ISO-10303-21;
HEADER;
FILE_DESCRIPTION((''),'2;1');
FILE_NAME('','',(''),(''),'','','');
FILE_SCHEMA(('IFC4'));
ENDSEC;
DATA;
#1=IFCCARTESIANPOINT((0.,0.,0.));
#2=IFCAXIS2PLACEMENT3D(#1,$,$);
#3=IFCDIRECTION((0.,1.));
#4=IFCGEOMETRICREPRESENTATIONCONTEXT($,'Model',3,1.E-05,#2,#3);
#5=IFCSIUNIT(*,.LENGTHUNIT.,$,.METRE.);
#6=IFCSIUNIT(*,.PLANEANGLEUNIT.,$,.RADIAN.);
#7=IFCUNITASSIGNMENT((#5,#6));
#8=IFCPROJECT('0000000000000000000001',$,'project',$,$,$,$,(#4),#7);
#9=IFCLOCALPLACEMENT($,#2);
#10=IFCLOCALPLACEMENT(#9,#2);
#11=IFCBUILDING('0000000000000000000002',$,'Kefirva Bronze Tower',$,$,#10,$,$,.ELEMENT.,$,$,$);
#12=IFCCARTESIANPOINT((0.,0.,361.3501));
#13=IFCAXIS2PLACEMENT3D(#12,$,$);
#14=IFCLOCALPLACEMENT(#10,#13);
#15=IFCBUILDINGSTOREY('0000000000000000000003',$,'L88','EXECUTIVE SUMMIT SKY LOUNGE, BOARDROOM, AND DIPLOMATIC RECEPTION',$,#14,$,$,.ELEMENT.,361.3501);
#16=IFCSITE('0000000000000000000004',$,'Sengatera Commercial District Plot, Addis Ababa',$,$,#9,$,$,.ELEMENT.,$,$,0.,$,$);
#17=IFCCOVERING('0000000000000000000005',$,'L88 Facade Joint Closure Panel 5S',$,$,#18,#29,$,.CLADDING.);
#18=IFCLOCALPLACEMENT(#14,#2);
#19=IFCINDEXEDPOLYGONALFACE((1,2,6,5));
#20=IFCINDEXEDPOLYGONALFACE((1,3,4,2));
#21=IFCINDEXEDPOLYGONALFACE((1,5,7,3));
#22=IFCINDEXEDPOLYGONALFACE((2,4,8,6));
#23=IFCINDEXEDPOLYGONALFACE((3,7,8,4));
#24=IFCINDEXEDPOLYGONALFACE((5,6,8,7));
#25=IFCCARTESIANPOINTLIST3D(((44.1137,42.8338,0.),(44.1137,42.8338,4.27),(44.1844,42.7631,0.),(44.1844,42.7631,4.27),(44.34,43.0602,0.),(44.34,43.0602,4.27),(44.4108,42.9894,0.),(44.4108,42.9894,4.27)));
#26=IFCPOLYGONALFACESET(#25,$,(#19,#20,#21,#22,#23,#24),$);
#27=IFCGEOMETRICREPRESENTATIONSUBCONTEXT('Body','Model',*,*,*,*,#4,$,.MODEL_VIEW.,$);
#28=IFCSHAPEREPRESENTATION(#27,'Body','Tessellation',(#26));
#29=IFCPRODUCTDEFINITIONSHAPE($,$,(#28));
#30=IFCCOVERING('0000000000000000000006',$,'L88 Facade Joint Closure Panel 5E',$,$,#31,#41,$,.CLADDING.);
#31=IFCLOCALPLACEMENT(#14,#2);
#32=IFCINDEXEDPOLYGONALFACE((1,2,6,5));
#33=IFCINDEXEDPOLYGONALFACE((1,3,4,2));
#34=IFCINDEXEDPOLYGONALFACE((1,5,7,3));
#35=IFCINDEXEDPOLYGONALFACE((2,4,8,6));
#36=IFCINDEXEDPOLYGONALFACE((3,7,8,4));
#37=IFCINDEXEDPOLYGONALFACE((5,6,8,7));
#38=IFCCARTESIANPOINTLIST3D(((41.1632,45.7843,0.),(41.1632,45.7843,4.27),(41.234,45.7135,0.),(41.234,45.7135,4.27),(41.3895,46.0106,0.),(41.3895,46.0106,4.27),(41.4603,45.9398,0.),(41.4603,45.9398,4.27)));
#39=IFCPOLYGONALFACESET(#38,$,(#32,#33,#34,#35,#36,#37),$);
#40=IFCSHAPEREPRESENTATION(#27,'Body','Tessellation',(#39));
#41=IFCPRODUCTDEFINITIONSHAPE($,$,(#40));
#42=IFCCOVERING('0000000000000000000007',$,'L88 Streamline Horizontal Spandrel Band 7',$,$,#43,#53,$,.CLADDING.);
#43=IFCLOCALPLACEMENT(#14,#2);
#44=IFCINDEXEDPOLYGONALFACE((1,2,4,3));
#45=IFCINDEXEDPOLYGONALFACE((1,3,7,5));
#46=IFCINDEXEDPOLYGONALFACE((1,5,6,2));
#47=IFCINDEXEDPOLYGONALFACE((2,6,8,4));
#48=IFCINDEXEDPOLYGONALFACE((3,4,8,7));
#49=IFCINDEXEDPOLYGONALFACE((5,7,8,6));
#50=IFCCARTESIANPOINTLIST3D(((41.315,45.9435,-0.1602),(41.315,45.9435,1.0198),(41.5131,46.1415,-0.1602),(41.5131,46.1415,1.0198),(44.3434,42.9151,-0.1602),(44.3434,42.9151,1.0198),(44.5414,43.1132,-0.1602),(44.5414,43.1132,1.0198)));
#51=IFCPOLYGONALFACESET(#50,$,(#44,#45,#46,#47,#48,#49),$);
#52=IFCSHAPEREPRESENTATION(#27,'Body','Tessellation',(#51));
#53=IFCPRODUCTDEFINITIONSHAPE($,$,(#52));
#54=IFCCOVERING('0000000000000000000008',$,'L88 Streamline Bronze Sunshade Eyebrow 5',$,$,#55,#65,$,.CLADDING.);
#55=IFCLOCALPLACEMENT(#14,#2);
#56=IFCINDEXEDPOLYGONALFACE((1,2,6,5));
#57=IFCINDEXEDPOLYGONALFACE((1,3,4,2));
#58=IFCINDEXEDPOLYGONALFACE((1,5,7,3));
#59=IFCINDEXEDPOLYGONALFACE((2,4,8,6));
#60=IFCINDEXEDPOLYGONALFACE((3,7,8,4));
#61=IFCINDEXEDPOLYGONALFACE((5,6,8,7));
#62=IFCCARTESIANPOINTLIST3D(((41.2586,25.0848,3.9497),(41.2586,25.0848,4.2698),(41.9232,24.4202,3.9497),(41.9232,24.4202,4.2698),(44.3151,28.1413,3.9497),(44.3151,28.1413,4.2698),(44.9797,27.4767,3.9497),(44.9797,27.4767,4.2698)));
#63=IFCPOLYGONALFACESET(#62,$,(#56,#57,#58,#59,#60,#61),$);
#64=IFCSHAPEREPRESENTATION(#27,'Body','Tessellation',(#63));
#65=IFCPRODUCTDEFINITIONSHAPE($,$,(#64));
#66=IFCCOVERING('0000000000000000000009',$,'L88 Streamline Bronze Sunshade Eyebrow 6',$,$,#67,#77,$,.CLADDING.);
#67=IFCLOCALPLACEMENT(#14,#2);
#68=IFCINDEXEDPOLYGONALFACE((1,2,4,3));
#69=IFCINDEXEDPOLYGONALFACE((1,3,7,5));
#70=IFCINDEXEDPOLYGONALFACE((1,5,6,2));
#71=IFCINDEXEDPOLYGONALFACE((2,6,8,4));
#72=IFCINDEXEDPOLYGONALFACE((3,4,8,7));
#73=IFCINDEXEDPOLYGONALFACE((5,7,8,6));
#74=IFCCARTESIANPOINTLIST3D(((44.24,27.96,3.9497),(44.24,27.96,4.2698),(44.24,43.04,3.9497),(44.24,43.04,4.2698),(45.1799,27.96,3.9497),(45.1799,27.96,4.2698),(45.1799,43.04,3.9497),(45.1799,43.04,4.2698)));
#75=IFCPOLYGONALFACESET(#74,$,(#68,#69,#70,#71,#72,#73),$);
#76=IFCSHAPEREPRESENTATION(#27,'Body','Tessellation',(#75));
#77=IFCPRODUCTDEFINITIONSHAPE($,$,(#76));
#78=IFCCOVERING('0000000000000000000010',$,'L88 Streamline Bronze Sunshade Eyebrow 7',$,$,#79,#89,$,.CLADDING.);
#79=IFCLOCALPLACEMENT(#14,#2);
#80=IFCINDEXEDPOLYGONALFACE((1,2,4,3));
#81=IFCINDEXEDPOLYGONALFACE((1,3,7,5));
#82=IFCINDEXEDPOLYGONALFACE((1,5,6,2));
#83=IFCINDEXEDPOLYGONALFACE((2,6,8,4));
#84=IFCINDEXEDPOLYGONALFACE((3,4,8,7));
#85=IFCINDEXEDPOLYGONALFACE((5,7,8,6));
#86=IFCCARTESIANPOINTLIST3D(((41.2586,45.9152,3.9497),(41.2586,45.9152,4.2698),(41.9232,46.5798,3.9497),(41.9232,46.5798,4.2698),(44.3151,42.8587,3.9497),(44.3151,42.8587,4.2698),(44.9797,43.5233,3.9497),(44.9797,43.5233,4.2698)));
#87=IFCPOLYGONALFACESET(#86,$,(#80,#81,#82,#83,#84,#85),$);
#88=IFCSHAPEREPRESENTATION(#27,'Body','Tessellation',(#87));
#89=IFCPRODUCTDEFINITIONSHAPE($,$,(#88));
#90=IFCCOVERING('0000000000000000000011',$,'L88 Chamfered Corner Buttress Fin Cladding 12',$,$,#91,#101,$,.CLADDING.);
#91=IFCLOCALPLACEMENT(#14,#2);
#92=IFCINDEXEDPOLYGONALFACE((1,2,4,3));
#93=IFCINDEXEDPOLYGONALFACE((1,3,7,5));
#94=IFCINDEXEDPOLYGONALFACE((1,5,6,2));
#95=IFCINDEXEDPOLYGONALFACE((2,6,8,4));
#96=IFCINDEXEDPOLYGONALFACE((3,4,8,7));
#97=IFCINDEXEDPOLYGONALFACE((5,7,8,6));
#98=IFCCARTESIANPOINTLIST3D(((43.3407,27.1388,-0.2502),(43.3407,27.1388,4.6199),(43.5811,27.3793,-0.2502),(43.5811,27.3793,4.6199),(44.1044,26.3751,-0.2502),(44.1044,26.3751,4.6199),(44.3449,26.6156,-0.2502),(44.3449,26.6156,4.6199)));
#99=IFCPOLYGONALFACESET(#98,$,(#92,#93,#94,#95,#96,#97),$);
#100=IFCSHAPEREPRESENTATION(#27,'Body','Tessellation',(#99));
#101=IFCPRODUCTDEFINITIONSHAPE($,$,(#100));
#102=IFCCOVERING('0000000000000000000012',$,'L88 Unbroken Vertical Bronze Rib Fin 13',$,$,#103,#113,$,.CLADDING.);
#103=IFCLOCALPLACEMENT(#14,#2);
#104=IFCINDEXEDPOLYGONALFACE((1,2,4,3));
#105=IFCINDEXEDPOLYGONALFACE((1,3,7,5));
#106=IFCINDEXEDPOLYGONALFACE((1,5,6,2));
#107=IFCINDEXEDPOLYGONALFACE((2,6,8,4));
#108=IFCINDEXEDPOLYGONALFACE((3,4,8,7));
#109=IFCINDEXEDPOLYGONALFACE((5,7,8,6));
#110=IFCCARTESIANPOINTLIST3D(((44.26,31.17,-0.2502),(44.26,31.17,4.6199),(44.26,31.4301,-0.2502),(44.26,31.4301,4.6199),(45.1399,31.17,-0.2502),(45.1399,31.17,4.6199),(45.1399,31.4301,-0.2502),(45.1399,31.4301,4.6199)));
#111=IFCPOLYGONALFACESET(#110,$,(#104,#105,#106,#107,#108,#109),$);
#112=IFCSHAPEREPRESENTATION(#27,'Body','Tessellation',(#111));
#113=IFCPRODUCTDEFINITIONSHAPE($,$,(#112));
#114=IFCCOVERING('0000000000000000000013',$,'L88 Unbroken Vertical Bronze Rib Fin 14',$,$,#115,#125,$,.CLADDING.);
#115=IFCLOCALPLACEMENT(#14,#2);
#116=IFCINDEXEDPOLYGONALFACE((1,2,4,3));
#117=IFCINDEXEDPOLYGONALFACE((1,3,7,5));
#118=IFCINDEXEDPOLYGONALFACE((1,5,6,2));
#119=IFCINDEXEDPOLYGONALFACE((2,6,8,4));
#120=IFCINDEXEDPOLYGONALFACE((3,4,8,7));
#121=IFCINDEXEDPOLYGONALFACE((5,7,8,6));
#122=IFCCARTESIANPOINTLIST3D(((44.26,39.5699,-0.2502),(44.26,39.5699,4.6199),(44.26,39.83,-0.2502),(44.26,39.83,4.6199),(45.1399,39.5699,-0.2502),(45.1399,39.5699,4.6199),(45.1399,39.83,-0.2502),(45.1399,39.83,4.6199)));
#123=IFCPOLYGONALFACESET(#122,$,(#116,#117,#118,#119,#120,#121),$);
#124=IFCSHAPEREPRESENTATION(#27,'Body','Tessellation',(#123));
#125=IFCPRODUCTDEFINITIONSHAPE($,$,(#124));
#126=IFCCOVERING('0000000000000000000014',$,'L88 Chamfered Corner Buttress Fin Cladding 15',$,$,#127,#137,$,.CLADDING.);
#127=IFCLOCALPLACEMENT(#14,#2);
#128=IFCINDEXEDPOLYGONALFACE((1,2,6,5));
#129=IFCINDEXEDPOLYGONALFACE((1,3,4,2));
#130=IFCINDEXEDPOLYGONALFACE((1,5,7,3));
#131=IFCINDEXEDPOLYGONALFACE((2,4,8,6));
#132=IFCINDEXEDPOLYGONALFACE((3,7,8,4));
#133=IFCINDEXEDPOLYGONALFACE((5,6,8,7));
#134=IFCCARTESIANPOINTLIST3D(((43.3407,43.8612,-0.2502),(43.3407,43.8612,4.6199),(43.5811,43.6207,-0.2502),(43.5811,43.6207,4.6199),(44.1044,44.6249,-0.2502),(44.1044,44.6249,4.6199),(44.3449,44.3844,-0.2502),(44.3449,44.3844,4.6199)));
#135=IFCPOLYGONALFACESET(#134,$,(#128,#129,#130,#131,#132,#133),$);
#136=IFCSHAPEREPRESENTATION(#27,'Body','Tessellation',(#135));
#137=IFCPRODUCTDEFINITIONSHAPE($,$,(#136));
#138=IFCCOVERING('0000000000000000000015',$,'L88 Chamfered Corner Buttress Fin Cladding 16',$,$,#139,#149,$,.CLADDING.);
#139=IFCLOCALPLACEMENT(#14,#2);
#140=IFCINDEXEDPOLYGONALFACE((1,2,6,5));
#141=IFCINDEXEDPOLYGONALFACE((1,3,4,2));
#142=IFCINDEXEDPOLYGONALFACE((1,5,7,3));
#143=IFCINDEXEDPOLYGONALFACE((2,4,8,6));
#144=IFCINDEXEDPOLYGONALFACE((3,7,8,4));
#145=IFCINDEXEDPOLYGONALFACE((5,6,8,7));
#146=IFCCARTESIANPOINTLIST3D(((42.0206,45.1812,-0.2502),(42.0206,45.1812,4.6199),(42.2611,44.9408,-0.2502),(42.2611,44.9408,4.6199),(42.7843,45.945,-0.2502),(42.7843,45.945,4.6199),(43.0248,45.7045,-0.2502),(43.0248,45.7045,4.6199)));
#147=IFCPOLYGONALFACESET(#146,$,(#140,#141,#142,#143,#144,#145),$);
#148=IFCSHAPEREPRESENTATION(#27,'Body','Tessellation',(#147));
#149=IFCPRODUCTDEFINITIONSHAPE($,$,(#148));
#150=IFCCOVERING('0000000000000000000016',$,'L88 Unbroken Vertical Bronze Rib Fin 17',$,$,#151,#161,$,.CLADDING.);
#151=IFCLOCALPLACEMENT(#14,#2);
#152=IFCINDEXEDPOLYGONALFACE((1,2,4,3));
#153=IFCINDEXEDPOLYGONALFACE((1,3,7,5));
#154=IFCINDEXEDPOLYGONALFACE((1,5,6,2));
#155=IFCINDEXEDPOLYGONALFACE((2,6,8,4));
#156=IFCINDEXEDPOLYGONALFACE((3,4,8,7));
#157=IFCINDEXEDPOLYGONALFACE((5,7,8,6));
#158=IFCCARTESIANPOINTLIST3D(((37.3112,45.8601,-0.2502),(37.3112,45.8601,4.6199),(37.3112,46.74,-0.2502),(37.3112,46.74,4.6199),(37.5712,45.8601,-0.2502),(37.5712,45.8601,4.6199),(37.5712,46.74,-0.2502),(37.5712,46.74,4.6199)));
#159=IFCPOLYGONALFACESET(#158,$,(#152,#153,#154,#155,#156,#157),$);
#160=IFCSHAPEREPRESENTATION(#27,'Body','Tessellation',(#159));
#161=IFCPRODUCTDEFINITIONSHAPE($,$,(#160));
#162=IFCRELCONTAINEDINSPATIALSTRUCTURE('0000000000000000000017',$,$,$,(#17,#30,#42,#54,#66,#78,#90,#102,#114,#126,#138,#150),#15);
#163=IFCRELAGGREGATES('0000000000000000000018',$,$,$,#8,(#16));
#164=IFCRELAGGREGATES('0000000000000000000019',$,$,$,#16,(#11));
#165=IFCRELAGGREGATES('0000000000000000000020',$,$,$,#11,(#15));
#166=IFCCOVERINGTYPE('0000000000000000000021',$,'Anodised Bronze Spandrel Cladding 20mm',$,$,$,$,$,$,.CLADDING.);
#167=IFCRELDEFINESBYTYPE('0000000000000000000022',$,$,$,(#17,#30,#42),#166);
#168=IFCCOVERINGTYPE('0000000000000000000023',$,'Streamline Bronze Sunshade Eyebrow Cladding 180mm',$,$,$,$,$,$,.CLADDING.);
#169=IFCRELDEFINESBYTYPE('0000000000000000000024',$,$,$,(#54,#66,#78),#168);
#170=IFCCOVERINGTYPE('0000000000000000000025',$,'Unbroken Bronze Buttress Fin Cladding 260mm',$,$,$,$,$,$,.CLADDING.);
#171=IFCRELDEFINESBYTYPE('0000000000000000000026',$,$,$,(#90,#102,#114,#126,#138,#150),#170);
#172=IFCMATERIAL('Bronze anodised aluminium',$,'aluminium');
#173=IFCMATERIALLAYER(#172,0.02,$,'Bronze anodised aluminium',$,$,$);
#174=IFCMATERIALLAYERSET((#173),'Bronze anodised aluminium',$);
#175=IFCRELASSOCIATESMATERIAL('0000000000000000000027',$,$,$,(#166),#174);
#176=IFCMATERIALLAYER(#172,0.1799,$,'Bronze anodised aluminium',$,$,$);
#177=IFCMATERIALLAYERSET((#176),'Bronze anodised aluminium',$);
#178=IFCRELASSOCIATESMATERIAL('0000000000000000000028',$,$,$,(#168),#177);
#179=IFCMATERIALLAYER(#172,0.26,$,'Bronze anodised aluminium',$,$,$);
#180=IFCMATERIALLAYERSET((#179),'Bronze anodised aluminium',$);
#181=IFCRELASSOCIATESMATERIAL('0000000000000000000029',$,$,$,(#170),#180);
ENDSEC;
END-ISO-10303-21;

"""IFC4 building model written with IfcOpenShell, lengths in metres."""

from ifc_helpers import new_model, si_unit, direction, frame, origin, origin_2d, place, context, subcontext, project, spatial, rectangle, extrude, material, layer, layer_set, type_object, element, save


model = new_model("IFC4")

# Units and contexts
model_context = context("Model", 3, precision=1e-05, world=origin(), true_north=direction((0.0, 1.0)))
body_context = subcontext(model_context, "Body", "Model", "MODEL_VIEW")
ifc_project = project(units=[si_unit("LENGTHUNIT", "METRE"), si_unit("PLANEANGLEUNIT", "RADIAN")], contexts=[model_context])

# Site, building, storey
site_placement = place(None, origin())
site = spatial("IfcSite", under=ifc_project, at=site_placement, Name="Sengatera Commercial District Plot, Addis Ababa", CompositionType="ELEMENT", RefElevation=0.0)
building_placement = place(site_placement, origin())
building = spatial("IfcBuilding", under=site, at=building_placement, Name="Kefirva Bronze Tower", CompositionType="ELEMENT")
storey_placement = place(building_placement, frame((0.0, 0.0, 361.3501)))
storey = spatial("IfcBuildingStorey", under=building, at=storey_placement, Name="L88", Description="EXECUTIVE SUMMIT SKY LOUNGE, BOARDROOM, AND DIPLOMATIC RECEPTION", CompositionType="ELEMENT", Elevation=361.3501)

# Shared definitions
ifc_material_1 = material(Name="Bronze anodised aluminium", Category="aluminium")

# Coverings
ifc_layer_1 = layer(ifc_material_1, 0.02, Name="Bronze anodised aluminium")
ifc_layer_set_1 = layer_set([ifc_layer_1], Name="Bronze anodised aluminium")
covering_type_1 = type_object("IfcCoveringType", Name="Anodised Bronze Spandrel Cladding 20mm", PredefinedType="CLADDING", material=ifc_layer_set_1)
for number, where, z_axis, x_axis, name in (
    (1, (44.2622, 42.9116, 0.0), (0.0, 0.0, 1.0), (-0.707107, 0.707107, 0.0), "L88 Facade Joint Closure Panel 5S"),
    (2, (41.3118, 45.8621, 0.0), (0.0, 0.0, 1.0), (-0.707107, 0.707107, 0.0), "L88 Facade Joint Closure Panel 5E"),
):
    element("IfcCovering", number, at=place(storey_placement, frame(where, z_axis=z_axis, x_axis=x_axis)), inside=storey, type_object=covering_type_1, Name=name, PredefinedType="CLADDING", context=body_context, shape_type="SweptSolid", body=[
        extrude(rectangle(XDim=0.1001, YDim=0.3201, at=origin_2d()), origin(), (0.0, 0.0, 1.0), 4.27),
    ])
covering_1_placement = place(storey_placement, frame((42.9282, 44.5283, -0.1602), z_axis=(0.0, 0.0, 1.0), x_axis=(-0.707107, 0.707107, 0.0)))
element("IfcCovering", 3, at=covering_1_placement, inside=storey, type_object=covering_type_1, Name="L88 Streamline Horizontal Spandrel Band 7", PredefinedType="CLADDING", context=body_context, shape_type="SweptSolid", body=[
    extrude(rectangle(XDim=4.2827, YDim=0.28, at=origin_2d()), origin(), (0.0, 0.0, 1.0), 1.1799),
])
ifc_layer_2 = layer(ifc_material_1, 0.1799, Name="Bronze anodised aluminium")
ifc_layer_set_2 = layer_set([ifc_layer_2], Name="Bronze anodised aluminium")
covering_type_2 = type_object("IfcCoveringType", Name="Streamline Bronze Sunshade Eyebrow Cladding 180mm", PredefinedType="CLADDING", material=ifc_layer_set_2)
covering_2_placement = place(storey_placement, frame((43.1191, 26.2808, 3.9497), z_axis=(0.0, 0.0, 1.0), x_axis=(0.707107, 0.707107, 0.0)))
element("IfcCovering", 4, at=covering_2_placement, inside=storey, type_object=covering_type_2, Name="L88 Streamline Bronze Sunshade Eyebrow 5", PredefinedType="CLADDING", context=body_context, shape_type="SweptSolid", body=[
    extrude(rectangle(XDim=4.3225, YDim=0.9399, at=origin_2d()), origin(), (0.0, 0.0, 1.0), 0.3201),
])
covering_3_placement = place(storey_placement, frame((44.71, 35.5, 3.9497), z_axis=(0.0, 0.0, 1.0), x_axis=(0.0, 1.0, 0.0)))
element("IfcCovering", 5, at=covering_3_placement, inside=storey, type_object=covering_type_2, Name="L88 Streamline Bronze Sunshade Eyebrow 6", PredefinedType="CLADDING", context=body_context, shape_type="SweptSolid", body=[
    extrude(rectangle(XDim=15.0801, YDim=0.9399, at=origin_2d()), origin(), (0.0, 0.0, 1.0), 0.3201),
])
covering_4_placement = place(storey_placement, frame((43.1191, 44.7192, 3.9497), z_axis=(0.0, 0.0, 1.0), x_axis=(-0.707107, 0.707107, 0.0)))
element("IfcCovering", 6, at=covering_4_placement, inside=storey, type_object=covering_type_2, Name="L88 Streamline Bronze Sunshade Eyebrow 7", PredefinedType="CLADDING", context=body_context, shape_type="SweptSolid", body=[
    extrude(rectangle(XDim=4.3225, YDim=0.9399, at=origin_2d()), origin(), (0.0, 0.0, 1.0), 0.3201),
])
ifc_layer_3 = layer(ifc_material_1, 0.26, Name="Bronze anodised aluminium")
ifc_layer_set_3 = layer_set([ifc_layer_3], Name="Bronze anodised aluminium")
covering_type_3 = type_object("IfcCoveringType", Name="Unbroken Bronze Buttress Fin Cladding 260mm", PredefinedType="CLADDING", material=ifc_layer_set_3)
covering_5_placement = place(storey_placement, frame((43.8428, 26.8772, -0.2502), z_axis=(0.0, 0.0, 1.0), x_axis=(0.707107, 0.707107, 0.0)))
element("IfcCovering", 7, at=covering_5_placement, inside=storey, type_object=covering_type_3, Name="L88 Chamfered Corner Buttress Fin Cladding 12", PredefinedType="CLADDING", context=body_context, shape_type="SweptSolid", body=[
    extrude(rectangle(XDim=0.3401, YDim=1.0801, at=origin_2d()), origin(), (0.0, 0.0, 1.0), 4.8701),
])
for number, where, z_axis, x_axis, name in (
    (8, (44.7, 31.3, -0.2502), (0.0, 0.0, 1.0), (0.0, 1.0, 0.0), "L88 Unbroken Vertical Bronze Rib Fin 13"),
    (9, (44.7, 39.7, -0.2502), (0.0, 0.0, 1.0), (0.0, 1.0, 0.0), "L88 Unbroken Vertical Bronze Rib Fin 14"),
):
    element("IfcCovering", number, at=place(storey_placement, frame(where, z_axis=z_axis, x_axis=x_axis)), inside=storey, type_object=covering_type_3, Name=name, PredefinedType="CLADDING", context=body_context, shape_type="SweptSolid", body=[
        extrude(rectangle(XDim=0.26, YDim=0.8799, at=origin_2d()), origin(), (0.0, 0.0, 1.0), 4.8701),
    ])
for number, where, z_axis, x_axis, name in (
    (10, (43.8428, 44.1228, -0.2502), (0.0, 0.0, 1.0), (-0.707107, 0.707107, 0.0), "L88 Chamfered Corner Buttress Fin Cladding 15"),
    (11, (42.5227, 45.4429, -0.2502), (0.0, 0.0, 1.0), (-0.707107, 0.707107, 0.0), "L88 Chamfered Corner Buttress Fin Cladding 16"),
):
    element("IfcCovering", number, at=place(storey_placement, frame(where, z_axis=z_axis, x_axis=x_axis)), inside=storey, type_object=covering_type_3, Name=name, PredefinedType="CLADDING", context=body_context, shape_type="SweptSolid", body=[
        extrude(rectangle(XDim=0.3401, YDim=1.0801, at=origin_2d()), origin(), (0.0, 0.0, 1.0), 4.8701),
    ])
covering_6_placement = place(storey_placement, frame((37.4412, 46.3, -0.2502), z_axis=(0.0, 0.0, 1.0), x_axis=(-1.0, 0.0, 0.0)))
element("IfcCovering", 12, at=covering_6_placement, inside=storey, type_object=covering_type_3, Name="L88 Unbroken Vertical Bronze Rib Fin 17", PredefinedType="CLADDING", context=body_context, shape_type="SweptSolid", body=[
    extrude(rectangle(XDim=0.26, YDim=0.8799, at=origin_2d()), origin(), (0.0, 0.0, 1.0), 4.8701),
])

save(model, "model.ifc")
